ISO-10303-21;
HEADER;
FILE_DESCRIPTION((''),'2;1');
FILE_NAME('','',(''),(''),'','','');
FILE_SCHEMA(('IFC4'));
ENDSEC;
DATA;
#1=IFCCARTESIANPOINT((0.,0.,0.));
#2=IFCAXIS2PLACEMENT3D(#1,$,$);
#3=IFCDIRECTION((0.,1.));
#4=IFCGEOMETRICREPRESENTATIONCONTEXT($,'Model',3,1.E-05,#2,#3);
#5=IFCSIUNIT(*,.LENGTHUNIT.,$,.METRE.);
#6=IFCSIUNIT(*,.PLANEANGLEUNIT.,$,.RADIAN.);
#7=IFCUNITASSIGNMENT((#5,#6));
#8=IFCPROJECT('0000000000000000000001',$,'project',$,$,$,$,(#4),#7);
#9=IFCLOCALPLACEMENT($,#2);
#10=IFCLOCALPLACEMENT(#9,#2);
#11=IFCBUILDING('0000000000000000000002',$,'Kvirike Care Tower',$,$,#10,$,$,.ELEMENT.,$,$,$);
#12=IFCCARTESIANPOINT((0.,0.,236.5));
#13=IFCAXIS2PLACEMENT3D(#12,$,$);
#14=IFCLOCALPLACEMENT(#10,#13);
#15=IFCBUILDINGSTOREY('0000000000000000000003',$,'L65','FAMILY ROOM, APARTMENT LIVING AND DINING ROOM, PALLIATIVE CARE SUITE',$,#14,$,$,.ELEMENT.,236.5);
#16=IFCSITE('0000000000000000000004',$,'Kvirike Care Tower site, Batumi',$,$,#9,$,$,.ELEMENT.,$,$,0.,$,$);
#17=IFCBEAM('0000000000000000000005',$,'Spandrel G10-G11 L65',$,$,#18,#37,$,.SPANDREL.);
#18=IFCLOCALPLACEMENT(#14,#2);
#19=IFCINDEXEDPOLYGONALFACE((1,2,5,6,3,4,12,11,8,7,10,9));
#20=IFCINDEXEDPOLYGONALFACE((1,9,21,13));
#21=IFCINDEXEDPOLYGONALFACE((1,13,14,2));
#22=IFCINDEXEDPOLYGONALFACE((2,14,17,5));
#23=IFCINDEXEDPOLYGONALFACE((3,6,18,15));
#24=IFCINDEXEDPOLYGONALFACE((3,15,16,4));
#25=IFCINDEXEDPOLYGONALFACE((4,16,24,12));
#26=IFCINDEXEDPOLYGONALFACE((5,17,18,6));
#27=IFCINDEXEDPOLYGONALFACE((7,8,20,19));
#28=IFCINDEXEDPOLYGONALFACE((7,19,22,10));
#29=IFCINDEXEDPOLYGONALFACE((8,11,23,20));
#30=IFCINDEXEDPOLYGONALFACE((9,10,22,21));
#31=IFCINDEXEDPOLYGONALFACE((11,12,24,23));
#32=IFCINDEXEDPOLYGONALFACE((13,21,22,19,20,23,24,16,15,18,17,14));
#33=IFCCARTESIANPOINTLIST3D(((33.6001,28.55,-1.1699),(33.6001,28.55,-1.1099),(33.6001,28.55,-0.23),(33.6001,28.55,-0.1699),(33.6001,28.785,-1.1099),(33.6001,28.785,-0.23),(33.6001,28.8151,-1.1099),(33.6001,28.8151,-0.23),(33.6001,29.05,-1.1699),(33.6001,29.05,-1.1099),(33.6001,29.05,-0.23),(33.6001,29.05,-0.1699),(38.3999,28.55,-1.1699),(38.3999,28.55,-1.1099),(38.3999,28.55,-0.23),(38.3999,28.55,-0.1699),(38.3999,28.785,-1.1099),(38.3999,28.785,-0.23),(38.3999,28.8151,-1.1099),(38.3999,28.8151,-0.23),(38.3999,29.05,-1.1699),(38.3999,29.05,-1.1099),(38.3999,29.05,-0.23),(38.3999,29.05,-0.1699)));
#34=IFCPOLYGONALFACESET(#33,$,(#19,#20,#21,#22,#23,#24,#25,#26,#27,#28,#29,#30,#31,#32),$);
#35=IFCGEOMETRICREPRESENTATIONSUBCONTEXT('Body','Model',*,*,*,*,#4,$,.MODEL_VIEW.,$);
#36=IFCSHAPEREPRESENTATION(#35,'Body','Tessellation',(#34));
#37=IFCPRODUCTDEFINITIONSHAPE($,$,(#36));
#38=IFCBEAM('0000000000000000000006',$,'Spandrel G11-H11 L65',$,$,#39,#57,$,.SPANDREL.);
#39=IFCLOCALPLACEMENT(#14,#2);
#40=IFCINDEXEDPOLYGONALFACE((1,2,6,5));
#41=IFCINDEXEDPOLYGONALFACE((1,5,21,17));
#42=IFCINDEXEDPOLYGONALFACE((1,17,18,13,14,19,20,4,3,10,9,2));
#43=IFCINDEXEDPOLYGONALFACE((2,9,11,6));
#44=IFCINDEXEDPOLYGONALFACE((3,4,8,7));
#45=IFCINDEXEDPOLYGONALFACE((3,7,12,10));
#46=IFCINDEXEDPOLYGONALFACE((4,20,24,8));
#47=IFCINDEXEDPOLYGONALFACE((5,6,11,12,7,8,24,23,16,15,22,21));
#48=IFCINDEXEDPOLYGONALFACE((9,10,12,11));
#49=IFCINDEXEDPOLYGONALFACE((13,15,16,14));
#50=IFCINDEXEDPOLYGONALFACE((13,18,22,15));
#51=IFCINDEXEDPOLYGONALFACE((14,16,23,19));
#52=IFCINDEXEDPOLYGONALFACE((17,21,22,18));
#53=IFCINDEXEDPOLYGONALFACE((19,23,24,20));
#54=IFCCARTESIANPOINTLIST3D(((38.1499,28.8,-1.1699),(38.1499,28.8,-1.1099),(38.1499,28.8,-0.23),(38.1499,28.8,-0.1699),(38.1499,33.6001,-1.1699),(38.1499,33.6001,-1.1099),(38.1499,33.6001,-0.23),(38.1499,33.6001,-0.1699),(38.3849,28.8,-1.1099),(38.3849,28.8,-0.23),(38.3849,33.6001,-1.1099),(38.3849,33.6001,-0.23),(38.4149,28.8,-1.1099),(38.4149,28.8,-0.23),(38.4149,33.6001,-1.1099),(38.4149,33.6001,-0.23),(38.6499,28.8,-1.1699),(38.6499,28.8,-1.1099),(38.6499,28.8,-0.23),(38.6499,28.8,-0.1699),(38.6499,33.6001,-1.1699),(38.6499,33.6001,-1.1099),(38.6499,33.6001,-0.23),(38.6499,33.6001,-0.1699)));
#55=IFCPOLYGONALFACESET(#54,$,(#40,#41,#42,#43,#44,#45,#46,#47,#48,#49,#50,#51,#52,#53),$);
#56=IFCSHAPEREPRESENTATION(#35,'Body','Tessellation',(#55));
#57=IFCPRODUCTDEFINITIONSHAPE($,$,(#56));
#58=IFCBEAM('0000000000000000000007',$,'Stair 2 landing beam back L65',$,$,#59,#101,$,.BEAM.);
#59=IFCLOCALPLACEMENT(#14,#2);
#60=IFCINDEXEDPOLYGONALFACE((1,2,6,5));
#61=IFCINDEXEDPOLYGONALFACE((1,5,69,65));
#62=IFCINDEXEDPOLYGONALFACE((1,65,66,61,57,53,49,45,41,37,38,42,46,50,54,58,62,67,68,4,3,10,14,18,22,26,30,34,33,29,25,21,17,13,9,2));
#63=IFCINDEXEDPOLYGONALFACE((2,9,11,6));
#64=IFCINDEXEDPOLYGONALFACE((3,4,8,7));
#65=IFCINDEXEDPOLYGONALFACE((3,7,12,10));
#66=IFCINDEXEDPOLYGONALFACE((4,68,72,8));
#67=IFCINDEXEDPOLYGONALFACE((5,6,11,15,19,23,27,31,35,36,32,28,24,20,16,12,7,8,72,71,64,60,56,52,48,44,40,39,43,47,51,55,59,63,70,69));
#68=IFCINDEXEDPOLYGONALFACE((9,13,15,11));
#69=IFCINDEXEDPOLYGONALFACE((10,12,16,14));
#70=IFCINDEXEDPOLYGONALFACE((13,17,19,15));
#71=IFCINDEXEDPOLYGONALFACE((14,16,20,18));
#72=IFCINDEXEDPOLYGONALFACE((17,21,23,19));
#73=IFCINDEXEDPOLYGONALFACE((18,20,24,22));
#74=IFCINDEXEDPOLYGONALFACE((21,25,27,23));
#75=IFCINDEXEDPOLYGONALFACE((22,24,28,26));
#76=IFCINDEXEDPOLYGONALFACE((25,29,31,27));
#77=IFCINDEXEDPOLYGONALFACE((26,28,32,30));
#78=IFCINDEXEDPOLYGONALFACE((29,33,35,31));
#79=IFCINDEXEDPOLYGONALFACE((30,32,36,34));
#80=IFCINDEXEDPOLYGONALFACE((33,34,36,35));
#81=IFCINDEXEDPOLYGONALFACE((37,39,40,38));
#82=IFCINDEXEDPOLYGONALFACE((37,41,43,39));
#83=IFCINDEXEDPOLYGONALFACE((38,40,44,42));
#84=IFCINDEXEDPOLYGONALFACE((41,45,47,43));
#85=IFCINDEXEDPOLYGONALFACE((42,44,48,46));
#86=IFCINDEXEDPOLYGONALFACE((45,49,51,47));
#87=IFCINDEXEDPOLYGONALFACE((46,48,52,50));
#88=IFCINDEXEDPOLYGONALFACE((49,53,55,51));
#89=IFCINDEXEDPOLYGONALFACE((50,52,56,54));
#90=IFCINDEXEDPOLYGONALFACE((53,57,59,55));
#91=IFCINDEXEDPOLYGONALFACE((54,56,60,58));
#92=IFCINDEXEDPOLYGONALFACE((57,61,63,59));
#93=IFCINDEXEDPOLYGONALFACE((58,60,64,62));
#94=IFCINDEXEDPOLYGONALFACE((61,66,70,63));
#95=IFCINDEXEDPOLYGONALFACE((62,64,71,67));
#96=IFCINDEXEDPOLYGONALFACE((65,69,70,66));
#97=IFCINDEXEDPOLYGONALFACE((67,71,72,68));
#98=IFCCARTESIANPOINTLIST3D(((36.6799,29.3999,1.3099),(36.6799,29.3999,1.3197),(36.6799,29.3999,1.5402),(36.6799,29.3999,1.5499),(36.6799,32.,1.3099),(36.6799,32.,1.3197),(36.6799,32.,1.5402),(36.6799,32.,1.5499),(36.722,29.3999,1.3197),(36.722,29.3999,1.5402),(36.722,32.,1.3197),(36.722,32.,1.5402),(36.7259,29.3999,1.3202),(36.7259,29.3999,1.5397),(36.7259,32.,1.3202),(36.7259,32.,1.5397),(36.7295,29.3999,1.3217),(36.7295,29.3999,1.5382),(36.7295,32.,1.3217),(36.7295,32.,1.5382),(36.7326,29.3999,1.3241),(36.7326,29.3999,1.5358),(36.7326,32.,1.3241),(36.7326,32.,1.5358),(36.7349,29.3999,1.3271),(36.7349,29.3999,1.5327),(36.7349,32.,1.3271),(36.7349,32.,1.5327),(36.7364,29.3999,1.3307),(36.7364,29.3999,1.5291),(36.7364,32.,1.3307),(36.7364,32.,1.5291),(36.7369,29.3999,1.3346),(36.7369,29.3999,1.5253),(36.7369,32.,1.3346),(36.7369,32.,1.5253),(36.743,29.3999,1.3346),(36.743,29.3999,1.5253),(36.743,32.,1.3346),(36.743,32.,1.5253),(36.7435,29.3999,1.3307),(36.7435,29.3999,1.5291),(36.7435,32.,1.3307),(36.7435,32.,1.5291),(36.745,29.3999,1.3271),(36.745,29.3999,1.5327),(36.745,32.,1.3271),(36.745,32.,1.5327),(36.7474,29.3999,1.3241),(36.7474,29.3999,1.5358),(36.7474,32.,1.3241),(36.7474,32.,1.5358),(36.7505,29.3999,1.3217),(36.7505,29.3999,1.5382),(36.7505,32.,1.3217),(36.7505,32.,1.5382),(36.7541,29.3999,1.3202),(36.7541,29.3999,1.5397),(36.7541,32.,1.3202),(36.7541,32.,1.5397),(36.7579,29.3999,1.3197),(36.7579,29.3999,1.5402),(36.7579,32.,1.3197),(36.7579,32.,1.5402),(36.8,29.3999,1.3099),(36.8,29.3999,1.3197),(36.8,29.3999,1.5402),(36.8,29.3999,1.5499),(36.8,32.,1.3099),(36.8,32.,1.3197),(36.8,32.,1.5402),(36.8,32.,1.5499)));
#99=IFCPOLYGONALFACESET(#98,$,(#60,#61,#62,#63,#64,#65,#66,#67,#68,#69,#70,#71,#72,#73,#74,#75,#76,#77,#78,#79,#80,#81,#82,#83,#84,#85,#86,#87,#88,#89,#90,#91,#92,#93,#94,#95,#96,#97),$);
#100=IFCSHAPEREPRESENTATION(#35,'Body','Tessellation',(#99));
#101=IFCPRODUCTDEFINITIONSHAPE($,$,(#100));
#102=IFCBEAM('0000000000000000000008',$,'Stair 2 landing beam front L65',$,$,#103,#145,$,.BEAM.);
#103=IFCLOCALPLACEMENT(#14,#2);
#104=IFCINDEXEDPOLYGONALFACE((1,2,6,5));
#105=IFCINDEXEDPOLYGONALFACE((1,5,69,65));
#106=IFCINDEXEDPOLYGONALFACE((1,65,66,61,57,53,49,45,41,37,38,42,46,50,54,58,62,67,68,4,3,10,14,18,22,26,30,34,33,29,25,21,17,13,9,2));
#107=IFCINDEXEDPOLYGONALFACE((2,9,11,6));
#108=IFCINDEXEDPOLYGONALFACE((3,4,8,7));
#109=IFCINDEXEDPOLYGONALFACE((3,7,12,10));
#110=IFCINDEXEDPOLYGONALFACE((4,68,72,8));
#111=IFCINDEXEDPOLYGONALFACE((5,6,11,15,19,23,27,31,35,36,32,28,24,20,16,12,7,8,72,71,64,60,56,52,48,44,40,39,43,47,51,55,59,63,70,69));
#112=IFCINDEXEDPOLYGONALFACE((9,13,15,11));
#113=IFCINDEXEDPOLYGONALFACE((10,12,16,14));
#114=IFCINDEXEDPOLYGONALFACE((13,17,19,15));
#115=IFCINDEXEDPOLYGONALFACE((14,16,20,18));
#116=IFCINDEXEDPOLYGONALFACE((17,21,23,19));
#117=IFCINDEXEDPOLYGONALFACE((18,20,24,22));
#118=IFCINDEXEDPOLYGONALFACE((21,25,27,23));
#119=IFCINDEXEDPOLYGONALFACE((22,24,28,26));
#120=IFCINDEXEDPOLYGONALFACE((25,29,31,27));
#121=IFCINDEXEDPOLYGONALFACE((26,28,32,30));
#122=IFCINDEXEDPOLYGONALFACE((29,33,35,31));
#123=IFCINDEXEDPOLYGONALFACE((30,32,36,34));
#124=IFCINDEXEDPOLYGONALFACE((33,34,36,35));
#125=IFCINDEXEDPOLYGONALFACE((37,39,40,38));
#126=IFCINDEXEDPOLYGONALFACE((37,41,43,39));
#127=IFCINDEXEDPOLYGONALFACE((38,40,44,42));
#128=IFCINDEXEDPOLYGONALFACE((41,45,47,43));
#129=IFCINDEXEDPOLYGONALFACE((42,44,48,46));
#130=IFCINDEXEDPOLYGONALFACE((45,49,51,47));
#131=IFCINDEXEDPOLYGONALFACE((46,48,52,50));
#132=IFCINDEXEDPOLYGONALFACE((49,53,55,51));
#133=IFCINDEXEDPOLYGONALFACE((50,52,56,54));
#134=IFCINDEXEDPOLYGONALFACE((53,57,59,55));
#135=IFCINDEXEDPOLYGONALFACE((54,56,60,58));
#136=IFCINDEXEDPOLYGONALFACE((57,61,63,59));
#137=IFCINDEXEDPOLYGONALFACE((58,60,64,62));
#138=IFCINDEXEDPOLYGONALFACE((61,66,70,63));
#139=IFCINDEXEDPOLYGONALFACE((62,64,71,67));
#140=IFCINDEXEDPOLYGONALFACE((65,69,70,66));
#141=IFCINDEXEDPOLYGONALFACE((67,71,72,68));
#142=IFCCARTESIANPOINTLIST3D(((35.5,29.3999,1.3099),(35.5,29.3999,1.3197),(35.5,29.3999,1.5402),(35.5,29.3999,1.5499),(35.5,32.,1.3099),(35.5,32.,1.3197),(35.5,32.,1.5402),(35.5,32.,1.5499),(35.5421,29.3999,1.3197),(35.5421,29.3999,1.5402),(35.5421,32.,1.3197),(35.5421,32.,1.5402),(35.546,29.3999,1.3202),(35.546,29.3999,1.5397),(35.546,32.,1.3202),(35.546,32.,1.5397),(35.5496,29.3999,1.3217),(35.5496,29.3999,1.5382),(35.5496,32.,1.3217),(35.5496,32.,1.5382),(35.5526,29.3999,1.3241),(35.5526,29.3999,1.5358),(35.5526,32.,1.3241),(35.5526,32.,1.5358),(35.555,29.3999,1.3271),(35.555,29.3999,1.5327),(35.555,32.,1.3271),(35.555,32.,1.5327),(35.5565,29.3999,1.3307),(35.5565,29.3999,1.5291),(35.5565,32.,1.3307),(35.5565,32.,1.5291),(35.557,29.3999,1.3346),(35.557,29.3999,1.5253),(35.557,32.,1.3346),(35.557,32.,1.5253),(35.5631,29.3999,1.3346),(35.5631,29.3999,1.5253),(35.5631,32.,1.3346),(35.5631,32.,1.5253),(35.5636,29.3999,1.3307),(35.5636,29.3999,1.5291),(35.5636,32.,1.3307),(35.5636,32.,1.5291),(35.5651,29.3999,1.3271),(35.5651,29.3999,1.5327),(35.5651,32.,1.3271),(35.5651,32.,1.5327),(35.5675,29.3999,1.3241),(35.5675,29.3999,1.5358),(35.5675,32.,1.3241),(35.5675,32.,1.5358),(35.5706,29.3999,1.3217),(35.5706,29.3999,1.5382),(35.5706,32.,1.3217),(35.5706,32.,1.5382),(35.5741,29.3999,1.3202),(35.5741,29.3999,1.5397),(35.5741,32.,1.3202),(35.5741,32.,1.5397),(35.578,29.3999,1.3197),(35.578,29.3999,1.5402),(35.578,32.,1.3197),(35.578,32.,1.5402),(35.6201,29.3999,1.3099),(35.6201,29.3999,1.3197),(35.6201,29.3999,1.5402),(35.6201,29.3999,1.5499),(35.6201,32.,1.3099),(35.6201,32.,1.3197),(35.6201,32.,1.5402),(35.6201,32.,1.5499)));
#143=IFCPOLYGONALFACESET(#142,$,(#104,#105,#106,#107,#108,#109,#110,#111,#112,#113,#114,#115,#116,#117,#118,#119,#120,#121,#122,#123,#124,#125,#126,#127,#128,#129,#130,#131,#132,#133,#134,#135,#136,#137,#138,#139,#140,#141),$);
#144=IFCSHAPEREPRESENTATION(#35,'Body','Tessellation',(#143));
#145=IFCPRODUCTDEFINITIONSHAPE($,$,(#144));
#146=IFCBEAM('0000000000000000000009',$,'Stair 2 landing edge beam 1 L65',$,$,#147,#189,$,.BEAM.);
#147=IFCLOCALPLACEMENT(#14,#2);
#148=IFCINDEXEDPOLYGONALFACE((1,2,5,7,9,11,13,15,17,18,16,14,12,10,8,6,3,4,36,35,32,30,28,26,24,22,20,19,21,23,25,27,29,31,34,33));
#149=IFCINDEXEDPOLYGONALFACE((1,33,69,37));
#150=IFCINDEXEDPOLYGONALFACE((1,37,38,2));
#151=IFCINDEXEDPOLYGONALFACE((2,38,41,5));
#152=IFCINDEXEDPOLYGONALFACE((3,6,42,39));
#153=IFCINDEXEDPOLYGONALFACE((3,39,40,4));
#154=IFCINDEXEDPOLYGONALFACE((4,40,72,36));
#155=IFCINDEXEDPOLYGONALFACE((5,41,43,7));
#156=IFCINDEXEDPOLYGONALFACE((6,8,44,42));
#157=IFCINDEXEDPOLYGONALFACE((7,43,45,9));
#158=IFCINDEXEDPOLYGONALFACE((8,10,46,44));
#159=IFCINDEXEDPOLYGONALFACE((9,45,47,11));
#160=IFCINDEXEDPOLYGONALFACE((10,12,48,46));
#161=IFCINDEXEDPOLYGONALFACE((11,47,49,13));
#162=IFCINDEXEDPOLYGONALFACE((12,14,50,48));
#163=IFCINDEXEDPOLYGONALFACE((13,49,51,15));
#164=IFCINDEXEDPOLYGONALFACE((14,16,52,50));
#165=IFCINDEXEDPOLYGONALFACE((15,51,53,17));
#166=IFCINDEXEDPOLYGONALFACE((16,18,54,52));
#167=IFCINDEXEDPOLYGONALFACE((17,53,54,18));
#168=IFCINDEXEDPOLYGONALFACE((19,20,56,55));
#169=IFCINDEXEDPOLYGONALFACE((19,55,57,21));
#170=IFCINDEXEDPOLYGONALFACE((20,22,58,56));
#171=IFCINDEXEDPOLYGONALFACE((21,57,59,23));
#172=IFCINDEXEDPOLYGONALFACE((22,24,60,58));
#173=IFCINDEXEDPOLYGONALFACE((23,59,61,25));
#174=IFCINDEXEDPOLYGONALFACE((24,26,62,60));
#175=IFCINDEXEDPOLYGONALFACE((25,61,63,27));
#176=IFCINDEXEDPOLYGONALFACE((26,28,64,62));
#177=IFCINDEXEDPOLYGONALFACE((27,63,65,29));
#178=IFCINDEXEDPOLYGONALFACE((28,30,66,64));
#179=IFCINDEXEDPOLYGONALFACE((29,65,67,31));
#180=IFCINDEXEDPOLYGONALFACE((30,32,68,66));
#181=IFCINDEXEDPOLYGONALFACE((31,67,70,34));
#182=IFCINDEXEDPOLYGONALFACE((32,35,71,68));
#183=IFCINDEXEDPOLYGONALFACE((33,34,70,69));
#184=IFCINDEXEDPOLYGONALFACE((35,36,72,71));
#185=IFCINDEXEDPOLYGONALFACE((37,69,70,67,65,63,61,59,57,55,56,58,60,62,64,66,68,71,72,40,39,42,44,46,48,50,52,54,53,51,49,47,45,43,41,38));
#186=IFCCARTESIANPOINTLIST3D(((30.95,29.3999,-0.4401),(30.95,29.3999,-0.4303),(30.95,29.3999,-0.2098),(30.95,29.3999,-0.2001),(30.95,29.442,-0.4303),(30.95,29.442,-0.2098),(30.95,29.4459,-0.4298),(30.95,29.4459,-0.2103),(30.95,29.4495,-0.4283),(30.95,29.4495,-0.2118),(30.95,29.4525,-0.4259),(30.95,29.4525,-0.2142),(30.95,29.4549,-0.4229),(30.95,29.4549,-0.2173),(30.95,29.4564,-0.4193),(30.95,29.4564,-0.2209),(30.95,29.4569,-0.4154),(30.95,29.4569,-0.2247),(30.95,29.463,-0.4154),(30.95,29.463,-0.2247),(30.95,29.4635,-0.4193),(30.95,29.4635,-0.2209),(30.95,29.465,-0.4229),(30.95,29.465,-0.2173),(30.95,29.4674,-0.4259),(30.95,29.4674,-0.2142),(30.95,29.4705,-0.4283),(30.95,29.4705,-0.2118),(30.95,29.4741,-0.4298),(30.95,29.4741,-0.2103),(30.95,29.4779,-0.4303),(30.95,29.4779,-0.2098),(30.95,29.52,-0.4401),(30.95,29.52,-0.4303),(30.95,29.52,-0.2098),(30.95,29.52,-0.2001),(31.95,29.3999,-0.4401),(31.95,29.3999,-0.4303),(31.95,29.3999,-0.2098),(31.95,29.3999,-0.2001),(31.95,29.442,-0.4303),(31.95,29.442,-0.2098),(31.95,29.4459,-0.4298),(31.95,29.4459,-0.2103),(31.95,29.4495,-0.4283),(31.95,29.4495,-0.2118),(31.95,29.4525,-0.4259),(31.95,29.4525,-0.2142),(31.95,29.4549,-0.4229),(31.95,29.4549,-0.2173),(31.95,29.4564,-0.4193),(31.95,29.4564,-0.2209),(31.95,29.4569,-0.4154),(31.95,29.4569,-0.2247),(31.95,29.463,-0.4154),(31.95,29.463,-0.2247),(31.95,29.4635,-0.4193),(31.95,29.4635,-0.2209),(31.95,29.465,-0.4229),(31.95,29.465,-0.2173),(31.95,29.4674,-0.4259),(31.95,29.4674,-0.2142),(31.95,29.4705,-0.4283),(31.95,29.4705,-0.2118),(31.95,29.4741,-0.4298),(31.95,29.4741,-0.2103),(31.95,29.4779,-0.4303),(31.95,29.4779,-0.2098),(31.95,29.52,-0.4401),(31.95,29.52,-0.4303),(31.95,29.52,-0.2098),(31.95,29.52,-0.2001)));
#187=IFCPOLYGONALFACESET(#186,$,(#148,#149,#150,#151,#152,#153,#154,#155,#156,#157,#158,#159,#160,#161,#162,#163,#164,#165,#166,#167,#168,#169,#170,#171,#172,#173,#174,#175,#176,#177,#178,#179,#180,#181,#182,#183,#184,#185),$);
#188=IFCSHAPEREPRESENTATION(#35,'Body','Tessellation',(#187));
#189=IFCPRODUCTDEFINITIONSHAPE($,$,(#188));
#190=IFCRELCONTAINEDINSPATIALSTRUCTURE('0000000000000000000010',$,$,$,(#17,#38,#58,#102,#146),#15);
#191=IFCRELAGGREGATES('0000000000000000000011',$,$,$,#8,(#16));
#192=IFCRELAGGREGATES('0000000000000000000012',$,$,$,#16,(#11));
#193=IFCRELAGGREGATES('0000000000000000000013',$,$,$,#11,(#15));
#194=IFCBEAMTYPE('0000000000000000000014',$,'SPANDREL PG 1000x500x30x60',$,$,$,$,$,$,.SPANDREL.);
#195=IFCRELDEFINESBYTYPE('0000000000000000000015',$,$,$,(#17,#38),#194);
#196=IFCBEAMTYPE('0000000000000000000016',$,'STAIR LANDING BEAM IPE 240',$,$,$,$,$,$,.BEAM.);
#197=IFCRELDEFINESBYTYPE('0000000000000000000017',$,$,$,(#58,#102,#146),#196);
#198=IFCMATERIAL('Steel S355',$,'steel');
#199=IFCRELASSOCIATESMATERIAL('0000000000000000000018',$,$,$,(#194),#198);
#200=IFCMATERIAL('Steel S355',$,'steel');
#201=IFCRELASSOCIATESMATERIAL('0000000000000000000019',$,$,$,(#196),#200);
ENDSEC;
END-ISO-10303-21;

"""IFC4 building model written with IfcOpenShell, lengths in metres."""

from ifc_helpers import new_model, si_unit, direction, frame, origin, origin_2d, place, context, subcontext, project, spatial, i_section, extrude, material, material_profile, profile_set, type_object, element, save


model = new_model("IFC4")

# Units and contexts
model_context = context("Model", 3, precision=1e-05, world=origin(), true_north=direction((0.0, 1.0)))
body_context = subcontext(model_context, "Body", "Model", "MODEL_VIEW")
ifc_project = project(units=[si_unit("LENGTHUNIT", "METRE"), si_unit("PLANEANGLEUNIT", "RADIAN")], contexts=[model_context])

# Site, building, storey
site_placement = place(None, origin())
site = spatial("IfcSite", under=ifc_project, at=site_placement, Name="Kvirike Care Tower site, Batumi", CompositionType="ELEMENT", RefElevation=0.0)
building_placement = place(site_placement, origin())
building = spatial("IfcBuilding", under=site, at=building_placement, Name="Kvirike Care Tower", CompositionType="ELEMENT")
storey_placement = place(building_placement, frame((0.0, 0.0, 236.5)))
storey = spatial("IfcBuildingStorey", under=building, at=storey_placement, Name="L65", Description="FAMILY ROOM, APARTMENT LIVING AND DINING ROOM, PALLIATIVE CARE SUITE", CompositionType="ELEMENT", Elevation=236.5)

# Beams
ifc_material_1 = material(Name="Steel S355", Category="steel")
ifc_material_profile_1 = material_profile(ifc_material_1, i_section(OverallWidth=0.5, OverallDepth=1.0, WebThickness=0.03, FlangeThickness=0.0601, at=origin_2d()), Name="PG 1000x500x30x60")
ifc_profile_set_1 = profile_set([ifc_material_profile_1], Name="Steel S355")
beam_type_1 = type_object("IfcBeamType", Name="SPANDREL PG 1000x500x30x60", PredefinedType="SPANDREL", material=ifc_profile_set_1)
beam_1_placement = place(storey_placement, frame((33.6001, 28.8, -0.6699), z_axis=(1.0, 0.0, 0.0), x_axis=(0.0, 1.0, 0.0)))
element("IfcBeam", 1, at=beam_1_placement, inside=storey, type_object=beam_type_1, Name="Spandrel G10-G11 L65", PredefinedType="SPANDREL", context=body_context, shape_type="SweptSolid", body=[
    extrude(i_section(OverallWidth=0.5, OverallDepth=1.0, WebThickness=0.03, FlangeThickness=0.0601, at=origin_2d()), origin(), (0.0, 0.0, 1.0), 4.7998),
])
beam_2_placement = place(storey_placement, frame((38.3999, 28.8, -0.6699), z_axis=(0.0, 1.0, 0.0), x_axis=(-1.0, 0.0, 0.0)))
element("IfcBeam", 2, at=beam_2_placement, inside=storey, type_object=beam_type_1, Name="Spandrel G11-H11 L65", PredefinedType="SPANDREL", context=body_context, shape_type="SweptSolid", body=[
    extrude(i_section(OverallWidth=0.5, OverallDepth=1.0, WebThickness=0.03, FlangeThickness=0.0601, at=origin_2d()), origin(), (0.0, 0.0, 1.0), 4.8),
])
ifc_material_2 = material(Name="Steel S355", Category="steel")
ifc_material_profile_2 = material_profile(ifc_material_2, i_section(OverallWidth=0.1201, OverallDepth=0.24, WebThickness=0.0061, FlangeThickness=0.0098, FilletRadius=0.0149, at=origin_2d()), Name="IPE 240")
ifc_profile_set_2 = profile_set([ifc_material_profile_2], Name="Steel S355")
beam_type_2 = type_object("IfcBeamType", Name="STAIR LANDING BEAM IPE 240", PredefinedType="BEAM", material=ifc_profile_set_2)
for number, where, z_axis, x_axis, name in (
    (3, (36.74, 29.3999, 1.4299), (0.0, 1.0, 0.0), (-1.0, 0.0, 0.0), "Stair 2 landing beam back L65"),
    (4, (35.5601, 29.3999, 1.4299), (0.0, 1.0, 0.0), (-1.0, 0.0, 0.0), "Stair 2 landing beam front L65"),
):
    element("IfcBeam", number, at=place(storey_placement, frame(where, z_axis=z_axis, x_axis=x_axis)), inside=storey, type_object=beam_type_2, Name=name, PredefinedType="BEAM", context=body_context, shape_type="SweptSolid", body=[
        extrude(i_section(OverallWidth=0.1201, OverallDepth=0.24, WebThickness=0.0061, FlangeThickness=0.0098, FilletRadius=0.0149, at=origin_2d()), origin(), (0.0, 0.0, 1.0), 2.6001),
    ])
beam_3_placement = place(storey_placement, frame((31.95, 29.46, -0.3201), z_axis=(-1.0, 0.0, 0.0), x_axis=(0.0, -1.0, 0.0)))
element("IfcBeam", 5, at=beam_3_placement, inside=storey, type_object=beam_type_2, Name="Stair 2 landing edge beam 1 L65", PredefinedType="BEAM", context=body_context, shape_type="SweptSolid", body=[
    extrude(i_section(OverallWidth=0.1201, OverallDepth=0.24, WebThickness=0.0061, FlangeThickness=0.0098, FilletRadius=0.0149, at=origin_2d()), origin(), (0.0, 0.0, 1.0), 1.0),
])

save(model, "model.ifc")
